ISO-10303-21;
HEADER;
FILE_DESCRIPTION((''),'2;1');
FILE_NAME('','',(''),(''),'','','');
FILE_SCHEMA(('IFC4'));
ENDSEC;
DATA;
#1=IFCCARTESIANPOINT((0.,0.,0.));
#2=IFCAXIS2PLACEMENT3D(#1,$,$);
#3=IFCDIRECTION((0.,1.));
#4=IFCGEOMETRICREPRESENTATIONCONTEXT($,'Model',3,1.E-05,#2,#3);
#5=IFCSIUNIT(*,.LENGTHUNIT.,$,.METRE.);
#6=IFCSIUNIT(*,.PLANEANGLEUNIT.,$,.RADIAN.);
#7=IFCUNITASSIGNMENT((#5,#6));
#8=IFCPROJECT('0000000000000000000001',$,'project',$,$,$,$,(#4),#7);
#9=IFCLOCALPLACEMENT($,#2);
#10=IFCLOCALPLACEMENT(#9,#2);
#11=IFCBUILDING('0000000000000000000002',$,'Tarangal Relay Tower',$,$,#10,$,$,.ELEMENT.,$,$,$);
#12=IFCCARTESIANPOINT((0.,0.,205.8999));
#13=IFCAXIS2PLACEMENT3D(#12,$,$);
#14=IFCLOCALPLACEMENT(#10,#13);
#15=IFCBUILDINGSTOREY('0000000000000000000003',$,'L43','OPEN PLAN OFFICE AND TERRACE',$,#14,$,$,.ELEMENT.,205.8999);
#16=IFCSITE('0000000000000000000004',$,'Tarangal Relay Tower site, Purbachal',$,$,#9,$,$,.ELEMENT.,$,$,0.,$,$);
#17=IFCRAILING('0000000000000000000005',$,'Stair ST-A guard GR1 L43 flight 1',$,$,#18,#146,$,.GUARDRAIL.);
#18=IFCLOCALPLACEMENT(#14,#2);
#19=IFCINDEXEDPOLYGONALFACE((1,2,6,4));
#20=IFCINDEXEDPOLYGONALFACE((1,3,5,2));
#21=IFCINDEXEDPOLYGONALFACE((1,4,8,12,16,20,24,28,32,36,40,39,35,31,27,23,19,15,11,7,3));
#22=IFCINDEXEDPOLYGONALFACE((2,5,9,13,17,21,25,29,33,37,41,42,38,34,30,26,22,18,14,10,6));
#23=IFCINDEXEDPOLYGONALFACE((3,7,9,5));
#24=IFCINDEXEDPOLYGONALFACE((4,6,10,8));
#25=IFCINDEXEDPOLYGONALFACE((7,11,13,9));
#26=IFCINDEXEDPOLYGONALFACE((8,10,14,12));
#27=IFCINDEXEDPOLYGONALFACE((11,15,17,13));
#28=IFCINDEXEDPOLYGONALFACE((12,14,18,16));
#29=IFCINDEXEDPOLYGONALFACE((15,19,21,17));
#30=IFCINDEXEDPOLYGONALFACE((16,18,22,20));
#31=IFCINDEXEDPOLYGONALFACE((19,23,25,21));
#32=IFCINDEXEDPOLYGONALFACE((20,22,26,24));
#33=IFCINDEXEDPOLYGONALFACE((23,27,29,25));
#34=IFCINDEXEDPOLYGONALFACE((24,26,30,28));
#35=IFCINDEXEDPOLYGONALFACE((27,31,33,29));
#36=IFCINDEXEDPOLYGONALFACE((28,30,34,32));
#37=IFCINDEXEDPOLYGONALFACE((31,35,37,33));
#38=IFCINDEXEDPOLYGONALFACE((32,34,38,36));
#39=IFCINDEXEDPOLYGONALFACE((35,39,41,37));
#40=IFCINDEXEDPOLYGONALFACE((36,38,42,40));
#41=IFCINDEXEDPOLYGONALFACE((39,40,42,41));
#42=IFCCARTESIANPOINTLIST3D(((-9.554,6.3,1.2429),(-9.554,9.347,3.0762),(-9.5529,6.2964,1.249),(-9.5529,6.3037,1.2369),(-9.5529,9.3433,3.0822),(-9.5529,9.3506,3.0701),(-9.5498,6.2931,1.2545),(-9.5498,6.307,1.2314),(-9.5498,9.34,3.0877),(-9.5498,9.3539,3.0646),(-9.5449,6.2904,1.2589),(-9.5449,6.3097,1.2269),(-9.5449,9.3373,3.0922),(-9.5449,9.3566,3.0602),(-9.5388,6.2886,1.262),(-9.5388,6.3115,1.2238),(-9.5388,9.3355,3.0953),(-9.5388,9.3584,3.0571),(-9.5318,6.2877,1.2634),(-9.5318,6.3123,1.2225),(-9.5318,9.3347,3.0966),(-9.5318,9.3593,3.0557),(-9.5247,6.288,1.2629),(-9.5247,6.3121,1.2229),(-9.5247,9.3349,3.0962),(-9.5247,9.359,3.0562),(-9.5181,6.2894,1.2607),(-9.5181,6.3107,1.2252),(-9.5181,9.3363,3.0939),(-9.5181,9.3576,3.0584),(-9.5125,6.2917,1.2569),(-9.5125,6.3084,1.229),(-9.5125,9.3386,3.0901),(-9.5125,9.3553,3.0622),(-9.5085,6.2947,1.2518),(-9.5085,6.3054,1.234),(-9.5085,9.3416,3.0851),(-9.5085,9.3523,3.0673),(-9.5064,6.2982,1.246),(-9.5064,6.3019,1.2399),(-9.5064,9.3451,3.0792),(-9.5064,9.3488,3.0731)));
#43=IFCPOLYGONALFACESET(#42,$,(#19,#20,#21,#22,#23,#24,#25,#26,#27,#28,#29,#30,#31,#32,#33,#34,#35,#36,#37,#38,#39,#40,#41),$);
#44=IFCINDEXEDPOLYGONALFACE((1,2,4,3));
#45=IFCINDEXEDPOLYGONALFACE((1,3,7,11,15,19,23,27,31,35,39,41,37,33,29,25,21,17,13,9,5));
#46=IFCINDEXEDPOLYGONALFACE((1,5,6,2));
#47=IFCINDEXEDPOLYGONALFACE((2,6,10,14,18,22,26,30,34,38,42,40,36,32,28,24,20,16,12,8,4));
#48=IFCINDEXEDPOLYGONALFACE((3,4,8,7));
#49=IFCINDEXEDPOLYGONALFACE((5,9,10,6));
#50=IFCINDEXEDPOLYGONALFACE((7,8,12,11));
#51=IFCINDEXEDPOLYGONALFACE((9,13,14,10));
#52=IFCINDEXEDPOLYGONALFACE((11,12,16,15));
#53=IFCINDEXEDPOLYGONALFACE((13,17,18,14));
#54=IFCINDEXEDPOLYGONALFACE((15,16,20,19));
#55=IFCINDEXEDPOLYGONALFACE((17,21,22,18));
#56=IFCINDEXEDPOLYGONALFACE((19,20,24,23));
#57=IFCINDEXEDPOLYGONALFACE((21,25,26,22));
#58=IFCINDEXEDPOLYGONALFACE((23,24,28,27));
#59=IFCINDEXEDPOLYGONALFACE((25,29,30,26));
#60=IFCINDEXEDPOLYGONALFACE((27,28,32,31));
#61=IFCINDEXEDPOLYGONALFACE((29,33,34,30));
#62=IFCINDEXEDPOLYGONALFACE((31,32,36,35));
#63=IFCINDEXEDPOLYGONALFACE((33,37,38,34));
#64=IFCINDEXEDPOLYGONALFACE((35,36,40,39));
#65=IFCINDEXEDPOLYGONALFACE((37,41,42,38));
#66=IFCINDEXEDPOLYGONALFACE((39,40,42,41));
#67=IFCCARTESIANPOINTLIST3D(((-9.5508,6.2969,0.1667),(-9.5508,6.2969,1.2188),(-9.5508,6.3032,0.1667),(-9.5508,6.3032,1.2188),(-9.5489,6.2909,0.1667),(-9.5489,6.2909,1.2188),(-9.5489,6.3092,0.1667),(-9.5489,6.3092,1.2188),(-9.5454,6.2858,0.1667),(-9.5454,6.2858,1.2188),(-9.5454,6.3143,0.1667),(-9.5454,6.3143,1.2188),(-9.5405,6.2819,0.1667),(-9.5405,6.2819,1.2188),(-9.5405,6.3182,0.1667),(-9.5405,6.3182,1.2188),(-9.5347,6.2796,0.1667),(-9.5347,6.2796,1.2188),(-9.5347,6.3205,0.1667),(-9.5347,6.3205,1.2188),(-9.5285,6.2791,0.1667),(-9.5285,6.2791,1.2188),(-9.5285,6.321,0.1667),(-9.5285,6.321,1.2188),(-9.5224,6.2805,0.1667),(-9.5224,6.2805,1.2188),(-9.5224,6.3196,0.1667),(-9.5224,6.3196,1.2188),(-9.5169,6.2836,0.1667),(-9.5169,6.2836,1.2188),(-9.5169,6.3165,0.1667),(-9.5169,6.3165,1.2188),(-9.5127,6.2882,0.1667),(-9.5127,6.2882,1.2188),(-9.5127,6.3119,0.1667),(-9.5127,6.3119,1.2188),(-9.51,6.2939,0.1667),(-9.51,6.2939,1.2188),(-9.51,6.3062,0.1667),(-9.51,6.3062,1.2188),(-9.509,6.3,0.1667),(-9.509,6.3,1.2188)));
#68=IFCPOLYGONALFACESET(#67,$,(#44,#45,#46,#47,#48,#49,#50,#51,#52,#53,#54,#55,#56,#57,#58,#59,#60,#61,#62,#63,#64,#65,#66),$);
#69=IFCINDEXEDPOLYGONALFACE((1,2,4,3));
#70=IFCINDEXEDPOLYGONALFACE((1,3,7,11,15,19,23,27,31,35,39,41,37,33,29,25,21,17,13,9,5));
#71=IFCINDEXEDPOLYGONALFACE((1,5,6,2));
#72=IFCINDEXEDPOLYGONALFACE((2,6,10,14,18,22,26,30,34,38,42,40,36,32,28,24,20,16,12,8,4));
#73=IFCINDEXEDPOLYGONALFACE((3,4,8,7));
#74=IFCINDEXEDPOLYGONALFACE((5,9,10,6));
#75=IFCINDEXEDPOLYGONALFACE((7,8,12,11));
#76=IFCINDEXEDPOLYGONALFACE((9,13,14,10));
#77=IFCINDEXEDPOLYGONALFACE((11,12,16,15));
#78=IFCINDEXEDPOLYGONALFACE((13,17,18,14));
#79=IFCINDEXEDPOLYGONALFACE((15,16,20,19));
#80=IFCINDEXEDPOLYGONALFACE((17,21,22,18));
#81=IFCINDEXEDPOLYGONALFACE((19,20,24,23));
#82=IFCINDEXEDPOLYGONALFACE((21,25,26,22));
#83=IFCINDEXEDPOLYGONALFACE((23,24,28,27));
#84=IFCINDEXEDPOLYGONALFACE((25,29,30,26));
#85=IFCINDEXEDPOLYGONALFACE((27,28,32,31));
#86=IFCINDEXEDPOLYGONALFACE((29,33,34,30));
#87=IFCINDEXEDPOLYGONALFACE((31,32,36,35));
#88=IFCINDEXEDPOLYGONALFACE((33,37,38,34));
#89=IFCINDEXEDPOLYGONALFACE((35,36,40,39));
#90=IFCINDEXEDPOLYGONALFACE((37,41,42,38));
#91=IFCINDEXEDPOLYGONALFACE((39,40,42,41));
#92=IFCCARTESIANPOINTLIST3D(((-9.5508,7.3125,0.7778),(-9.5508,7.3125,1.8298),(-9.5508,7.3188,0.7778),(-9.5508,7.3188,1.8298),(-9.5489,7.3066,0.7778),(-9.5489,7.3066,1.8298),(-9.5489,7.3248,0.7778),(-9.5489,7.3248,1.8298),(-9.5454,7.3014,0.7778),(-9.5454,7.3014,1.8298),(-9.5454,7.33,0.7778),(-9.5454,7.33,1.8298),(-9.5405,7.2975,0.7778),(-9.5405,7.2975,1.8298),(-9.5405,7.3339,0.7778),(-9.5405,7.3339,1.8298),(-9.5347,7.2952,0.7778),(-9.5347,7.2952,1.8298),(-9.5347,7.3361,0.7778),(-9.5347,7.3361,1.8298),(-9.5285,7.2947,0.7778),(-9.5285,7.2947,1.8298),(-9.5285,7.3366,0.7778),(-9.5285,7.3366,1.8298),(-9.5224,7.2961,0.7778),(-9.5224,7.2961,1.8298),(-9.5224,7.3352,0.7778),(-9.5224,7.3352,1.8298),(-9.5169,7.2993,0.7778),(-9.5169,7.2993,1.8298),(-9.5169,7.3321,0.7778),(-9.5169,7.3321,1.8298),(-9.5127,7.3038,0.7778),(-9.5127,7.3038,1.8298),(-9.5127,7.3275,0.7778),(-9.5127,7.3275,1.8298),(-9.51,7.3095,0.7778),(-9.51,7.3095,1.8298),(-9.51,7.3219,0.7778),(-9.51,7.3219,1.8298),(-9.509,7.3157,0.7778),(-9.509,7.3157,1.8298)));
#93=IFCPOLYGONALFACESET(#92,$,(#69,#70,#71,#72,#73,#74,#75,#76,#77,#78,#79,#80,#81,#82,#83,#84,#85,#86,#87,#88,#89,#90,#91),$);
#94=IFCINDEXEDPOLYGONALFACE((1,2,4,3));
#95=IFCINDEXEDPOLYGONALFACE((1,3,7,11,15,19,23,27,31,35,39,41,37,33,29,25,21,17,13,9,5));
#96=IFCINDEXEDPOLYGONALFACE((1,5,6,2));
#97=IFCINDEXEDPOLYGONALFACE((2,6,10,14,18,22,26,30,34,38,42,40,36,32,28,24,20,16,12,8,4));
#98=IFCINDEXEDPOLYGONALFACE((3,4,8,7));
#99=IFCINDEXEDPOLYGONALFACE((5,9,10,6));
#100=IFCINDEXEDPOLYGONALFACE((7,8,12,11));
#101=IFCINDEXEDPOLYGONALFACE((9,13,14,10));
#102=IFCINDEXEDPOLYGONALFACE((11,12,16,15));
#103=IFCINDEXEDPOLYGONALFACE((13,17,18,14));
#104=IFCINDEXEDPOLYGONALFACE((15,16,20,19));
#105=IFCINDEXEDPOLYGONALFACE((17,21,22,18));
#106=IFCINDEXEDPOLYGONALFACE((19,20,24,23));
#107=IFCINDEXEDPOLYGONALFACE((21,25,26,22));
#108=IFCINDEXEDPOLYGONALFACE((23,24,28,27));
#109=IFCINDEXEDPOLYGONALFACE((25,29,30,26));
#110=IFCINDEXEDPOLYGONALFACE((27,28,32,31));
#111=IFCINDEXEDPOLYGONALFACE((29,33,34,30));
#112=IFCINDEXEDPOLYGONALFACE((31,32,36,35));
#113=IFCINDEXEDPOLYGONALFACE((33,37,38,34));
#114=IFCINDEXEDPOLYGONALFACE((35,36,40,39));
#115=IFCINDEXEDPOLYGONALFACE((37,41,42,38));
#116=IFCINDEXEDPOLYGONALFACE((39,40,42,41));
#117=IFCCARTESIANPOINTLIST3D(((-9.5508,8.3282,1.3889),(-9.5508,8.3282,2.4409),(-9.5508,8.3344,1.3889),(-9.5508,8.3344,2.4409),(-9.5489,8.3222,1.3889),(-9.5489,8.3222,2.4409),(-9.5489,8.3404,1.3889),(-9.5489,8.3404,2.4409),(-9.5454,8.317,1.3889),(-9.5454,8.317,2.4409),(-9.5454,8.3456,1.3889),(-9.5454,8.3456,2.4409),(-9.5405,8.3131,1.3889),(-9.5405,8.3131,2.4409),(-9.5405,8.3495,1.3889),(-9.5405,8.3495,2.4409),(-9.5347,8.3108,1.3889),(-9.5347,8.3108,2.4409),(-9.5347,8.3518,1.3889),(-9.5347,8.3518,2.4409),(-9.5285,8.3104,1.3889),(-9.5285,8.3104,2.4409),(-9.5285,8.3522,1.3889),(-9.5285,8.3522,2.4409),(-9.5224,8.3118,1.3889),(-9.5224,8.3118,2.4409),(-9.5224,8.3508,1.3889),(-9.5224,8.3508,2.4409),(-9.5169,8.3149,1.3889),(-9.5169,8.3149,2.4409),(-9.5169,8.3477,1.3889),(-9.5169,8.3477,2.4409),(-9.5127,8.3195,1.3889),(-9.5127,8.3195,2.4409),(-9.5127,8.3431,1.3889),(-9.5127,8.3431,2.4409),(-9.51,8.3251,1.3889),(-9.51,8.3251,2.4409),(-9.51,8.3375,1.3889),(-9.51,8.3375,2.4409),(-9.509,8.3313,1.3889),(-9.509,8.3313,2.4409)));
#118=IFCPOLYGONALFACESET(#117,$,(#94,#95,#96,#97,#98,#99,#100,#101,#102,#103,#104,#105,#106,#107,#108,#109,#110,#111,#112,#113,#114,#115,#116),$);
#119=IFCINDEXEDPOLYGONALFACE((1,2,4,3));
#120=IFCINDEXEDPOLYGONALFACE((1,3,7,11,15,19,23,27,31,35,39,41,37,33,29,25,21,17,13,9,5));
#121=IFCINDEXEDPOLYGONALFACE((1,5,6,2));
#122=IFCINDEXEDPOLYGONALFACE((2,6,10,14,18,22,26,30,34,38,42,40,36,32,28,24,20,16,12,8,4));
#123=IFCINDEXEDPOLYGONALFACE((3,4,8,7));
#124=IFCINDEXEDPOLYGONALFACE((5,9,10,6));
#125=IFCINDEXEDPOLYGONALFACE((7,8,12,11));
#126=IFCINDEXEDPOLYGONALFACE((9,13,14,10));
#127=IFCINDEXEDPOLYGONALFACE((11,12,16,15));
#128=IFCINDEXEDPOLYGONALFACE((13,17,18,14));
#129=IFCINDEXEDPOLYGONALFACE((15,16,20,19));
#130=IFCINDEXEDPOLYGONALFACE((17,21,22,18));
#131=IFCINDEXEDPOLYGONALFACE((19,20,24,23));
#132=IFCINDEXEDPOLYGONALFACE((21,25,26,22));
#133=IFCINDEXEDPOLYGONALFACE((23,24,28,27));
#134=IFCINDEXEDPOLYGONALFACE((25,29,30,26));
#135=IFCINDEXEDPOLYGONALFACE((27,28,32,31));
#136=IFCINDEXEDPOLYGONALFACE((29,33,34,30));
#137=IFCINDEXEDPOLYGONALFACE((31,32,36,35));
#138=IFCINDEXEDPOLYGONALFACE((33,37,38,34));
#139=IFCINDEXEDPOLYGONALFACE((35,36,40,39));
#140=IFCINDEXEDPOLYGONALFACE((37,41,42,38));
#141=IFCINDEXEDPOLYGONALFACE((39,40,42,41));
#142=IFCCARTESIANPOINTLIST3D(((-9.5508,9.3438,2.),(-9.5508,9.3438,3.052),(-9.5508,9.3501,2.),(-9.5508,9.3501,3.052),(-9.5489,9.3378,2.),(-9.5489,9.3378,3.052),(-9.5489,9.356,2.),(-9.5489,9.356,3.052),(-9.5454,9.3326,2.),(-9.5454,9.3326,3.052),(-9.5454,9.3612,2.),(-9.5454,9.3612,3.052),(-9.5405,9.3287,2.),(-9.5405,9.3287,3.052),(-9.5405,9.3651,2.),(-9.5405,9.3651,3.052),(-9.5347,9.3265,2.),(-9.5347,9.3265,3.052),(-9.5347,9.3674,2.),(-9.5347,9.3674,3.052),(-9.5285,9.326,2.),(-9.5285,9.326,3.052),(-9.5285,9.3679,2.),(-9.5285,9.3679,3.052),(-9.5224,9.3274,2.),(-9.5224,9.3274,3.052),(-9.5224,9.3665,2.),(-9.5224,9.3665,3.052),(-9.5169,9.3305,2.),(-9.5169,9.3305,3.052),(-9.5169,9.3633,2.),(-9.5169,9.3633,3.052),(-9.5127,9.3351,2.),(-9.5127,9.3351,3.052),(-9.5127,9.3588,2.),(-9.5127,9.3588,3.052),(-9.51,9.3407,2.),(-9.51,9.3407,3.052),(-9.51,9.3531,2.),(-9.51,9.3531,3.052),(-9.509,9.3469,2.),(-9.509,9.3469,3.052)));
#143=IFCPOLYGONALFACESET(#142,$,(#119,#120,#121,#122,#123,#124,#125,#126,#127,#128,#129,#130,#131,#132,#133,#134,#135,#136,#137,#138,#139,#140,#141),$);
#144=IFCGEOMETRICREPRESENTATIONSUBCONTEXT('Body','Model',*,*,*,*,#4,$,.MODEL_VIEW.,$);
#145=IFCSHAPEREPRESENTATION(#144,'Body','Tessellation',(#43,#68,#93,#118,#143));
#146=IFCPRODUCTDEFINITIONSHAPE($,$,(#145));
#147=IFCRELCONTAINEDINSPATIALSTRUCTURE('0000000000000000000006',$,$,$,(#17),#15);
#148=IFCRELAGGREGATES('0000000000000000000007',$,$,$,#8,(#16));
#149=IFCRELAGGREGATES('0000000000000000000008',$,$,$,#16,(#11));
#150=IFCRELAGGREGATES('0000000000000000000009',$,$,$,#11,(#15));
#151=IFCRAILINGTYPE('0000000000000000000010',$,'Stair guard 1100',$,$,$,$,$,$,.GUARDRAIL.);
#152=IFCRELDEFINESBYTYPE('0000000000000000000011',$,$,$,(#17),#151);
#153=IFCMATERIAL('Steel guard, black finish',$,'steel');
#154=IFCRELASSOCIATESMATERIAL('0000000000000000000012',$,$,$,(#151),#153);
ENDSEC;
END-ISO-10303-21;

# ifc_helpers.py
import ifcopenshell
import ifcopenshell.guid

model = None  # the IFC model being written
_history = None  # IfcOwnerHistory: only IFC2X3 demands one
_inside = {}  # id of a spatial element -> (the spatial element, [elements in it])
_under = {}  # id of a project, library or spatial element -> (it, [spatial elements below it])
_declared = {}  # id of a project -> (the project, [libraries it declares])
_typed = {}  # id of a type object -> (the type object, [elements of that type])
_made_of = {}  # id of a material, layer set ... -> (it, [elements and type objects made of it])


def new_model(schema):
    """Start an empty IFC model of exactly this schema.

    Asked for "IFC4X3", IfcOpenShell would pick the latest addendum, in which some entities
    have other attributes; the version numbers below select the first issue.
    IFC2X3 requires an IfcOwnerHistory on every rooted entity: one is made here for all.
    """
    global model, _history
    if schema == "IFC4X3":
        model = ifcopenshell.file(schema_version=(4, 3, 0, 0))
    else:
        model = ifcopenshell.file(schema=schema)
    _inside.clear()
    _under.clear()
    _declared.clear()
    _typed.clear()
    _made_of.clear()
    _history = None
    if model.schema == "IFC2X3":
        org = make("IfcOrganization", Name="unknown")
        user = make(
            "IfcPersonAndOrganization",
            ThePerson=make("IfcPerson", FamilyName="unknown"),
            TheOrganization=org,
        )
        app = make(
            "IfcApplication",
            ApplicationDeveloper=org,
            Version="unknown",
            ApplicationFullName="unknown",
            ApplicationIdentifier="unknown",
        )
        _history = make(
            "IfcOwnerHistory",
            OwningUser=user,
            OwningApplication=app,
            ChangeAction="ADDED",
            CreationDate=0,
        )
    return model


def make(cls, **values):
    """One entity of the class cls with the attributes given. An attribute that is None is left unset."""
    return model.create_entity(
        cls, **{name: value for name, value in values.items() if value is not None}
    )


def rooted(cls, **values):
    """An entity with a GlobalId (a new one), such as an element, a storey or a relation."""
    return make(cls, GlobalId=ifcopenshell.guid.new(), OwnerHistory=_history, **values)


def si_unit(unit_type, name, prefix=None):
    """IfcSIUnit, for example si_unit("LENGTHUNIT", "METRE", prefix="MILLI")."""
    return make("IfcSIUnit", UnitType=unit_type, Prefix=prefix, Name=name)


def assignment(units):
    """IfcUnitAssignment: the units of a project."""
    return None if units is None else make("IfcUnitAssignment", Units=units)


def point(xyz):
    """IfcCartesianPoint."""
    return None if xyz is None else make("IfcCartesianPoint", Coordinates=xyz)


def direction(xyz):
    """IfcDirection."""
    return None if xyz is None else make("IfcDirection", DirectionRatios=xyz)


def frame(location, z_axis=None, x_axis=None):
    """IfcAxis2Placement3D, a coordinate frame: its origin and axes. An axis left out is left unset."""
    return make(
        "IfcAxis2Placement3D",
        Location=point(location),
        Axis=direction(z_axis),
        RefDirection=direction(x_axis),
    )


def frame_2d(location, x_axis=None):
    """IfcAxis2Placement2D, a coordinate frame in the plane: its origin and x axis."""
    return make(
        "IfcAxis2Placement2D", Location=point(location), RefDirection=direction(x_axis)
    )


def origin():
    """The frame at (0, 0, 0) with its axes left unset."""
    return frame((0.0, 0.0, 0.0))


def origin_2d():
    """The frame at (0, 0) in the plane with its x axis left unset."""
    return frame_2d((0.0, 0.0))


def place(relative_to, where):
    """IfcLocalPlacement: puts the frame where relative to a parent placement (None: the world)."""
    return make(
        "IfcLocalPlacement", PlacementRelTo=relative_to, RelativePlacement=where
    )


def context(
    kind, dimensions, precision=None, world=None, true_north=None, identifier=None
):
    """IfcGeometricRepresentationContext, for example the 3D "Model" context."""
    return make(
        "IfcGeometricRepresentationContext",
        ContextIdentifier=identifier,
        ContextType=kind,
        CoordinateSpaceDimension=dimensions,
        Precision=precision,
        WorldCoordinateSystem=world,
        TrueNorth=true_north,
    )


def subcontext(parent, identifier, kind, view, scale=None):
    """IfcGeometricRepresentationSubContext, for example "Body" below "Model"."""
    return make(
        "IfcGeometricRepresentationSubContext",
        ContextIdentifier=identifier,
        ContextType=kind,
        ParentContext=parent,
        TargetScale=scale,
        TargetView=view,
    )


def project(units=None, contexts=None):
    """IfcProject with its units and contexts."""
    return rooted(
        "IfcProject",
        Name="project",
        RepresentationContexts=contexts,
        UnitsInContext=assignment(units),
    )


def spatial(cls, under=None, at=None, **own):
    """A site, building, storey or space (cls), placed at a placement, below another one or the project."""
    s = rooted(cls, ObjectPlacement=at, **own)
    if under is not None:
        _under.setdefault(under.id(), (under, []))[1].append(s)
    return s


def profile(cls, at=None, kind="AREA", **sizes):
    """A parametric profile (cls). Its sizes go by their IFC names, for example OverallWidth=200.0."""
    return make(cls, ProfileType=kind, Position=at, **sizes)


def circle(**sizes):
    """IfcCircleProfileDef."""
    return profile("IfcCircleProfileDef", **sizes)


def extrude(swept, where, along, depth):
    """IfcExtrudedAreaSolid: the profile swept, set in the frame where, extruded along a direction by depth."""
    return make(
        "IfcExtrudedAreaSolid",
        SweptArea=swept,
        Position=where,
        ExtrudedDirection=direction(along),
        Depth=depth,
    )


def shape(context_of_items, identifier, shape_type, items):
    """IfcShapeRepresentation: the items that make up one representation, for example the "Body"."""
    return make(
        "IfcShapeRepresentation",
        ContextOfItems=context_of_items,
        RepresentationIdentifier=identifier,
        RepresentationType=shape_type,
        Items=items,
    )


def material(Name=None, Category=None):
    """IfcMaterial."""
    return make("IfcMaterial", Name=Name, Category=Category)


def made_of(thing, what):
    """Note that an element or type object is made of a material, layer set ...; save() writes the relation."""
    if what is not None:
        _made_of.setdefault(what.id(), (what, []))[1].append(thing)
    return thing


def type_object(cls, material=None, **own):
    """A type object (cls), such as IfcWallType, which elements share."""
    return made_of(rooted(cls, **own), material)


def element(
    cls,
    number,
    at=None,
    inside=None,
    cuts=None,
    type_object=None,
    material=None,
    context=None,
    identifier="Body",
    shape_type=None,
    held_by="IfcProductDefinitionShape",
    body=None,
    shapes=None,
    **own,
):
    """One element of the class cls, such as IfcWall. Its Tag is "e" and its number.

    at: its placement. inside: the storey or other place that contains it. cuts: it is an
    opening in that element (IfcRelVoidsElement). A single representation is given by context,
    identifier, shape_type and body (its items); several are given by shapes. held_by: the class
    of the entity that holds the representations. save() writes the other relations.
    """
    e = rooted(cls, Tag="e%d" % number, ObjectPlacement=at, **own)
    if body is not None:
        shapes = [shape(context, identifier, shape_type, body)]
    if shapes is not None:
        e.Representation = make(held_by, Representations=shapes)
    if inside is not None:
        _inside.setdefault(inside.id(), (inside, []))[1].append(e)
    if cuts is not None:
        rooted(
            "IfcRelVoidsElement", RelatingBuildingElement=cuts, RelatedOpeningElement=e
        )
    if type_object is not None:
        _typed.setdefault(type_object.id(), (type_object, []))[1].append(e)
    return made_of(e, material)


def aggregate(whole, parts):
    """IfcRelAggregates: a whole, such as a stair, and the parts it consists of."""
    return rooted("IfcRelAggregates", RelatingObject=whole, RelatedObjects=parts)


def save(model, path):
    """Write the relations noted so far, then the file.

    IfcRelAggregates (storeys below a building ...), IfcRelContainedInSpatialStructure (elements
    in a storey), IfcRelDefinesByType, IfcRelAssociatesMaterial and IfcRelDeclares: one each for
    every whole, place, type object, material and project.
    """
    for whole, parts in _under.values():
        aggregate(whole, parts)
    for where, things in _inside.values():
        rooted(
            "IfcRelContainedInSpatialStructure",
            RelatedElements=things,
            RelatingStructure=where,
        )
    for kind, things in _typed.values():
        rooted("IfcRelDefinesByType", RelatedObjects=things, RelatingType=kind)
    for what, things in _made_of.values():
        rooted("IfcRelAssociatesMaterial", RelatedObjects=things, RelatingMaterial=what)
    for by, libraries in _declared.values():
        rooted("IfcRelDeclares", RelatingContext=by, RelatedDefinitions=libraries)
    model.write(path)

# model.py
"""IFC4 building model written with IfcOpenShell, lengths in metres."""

from ifc_helpers import new_model, si_unit, direction, frame, origin, origin_2d, place, context, subcontext, project, spatial, circle, extrude, material, type_object, element, save


model = new_model("IFC4")

# Units and contexts
model_context = context("Model", 3, precision=1e-05, world=origin(), true_north=direction((0.0, 1.0)))
body_context = subcontext(model_context, "Body", "Model", "MODEL_VIEW")
ifc_project = project(units=[si_unit("LENGTHUNIT", "METRE"), si_unit("PLANEANGLEUNIT", "RADIAN")], contexts=[model_context])

# Site, building, storey
site_placement = place(None, origin())
site = spatial("IfcSite", under=ifc_project, at=site_placement, Name="Tarangal Relay Tower site, Purbachal", CompositionType="ELEMENT", RefElevation=0.0)
building_placement = place(site_placement, origin())
building = spatial("IfcBuilding", under=site, at=building_placement, Name="Tarangal Relay Tower", CompositionType="ELEMENT")
storey_placement = place(building_placement, frame((0.0, 0.0, 205.8999)))
storey = spatial("IfcBuildingStorey", under=building, at=storey_placement, Name="L43", Description="OPEN PLAN OFFICE AND TERRACE", CompositionType="ELEMENT", Elevation=205.8999)

# Railing
ifc_material_1 = material(Name="Steel guard, black finish", Category="steel")
railing_type_1 = type_object("IfcRailingType", Name="Stair guard 1100", PredefinedType="GUARDRAIL", material=ifc_material_1)
railing_1_placement = place(storey_placement, frame((-9.53, 6.3, 0.1667)))
element("IfcRailing", 1, at=railing_1_placement, inside=storey, type_object=railing_type_1, Name="Stair ST-A guard GR1 L43 flight 1", PredefinedType="GUARDRAIL", context=body_context, shape_type="SweptSolid", body=[
    extrude(circle(Radius=0.0239, at=origin_2d()), frame((0.0, 0.0, 1.0762), z_axis=(0.0, 0.856856, 0.515556), x_axis=(-1.0, 0.0, 0.0)), (0.0, 0.0, 1.0), 3.5559),
    extrude(circle(Radius=0.021, at=origin_2d()), origin(), (0.0, 0.0, 1.0), 1.052),
    extrude(circle(Radius=0.021, at=origin_2d()), frame((0.0, 1.0156, 0.6111)), (0.0, 0.0, 1.0), 1.052),
    extrude(circle(Radius=0.021, at=origin_2d()), frame((0.0, 2.0312, 1.2222)), (0.0, 0.0, 1.0), 1.052),
    extrude(circle(Radius=0.021, at=origin_2d()), frame((0.0, 3.0469, 1.8333)), (0.0, 0.0, 1.0), 1.052),
])

save(model, "model.ifc")
